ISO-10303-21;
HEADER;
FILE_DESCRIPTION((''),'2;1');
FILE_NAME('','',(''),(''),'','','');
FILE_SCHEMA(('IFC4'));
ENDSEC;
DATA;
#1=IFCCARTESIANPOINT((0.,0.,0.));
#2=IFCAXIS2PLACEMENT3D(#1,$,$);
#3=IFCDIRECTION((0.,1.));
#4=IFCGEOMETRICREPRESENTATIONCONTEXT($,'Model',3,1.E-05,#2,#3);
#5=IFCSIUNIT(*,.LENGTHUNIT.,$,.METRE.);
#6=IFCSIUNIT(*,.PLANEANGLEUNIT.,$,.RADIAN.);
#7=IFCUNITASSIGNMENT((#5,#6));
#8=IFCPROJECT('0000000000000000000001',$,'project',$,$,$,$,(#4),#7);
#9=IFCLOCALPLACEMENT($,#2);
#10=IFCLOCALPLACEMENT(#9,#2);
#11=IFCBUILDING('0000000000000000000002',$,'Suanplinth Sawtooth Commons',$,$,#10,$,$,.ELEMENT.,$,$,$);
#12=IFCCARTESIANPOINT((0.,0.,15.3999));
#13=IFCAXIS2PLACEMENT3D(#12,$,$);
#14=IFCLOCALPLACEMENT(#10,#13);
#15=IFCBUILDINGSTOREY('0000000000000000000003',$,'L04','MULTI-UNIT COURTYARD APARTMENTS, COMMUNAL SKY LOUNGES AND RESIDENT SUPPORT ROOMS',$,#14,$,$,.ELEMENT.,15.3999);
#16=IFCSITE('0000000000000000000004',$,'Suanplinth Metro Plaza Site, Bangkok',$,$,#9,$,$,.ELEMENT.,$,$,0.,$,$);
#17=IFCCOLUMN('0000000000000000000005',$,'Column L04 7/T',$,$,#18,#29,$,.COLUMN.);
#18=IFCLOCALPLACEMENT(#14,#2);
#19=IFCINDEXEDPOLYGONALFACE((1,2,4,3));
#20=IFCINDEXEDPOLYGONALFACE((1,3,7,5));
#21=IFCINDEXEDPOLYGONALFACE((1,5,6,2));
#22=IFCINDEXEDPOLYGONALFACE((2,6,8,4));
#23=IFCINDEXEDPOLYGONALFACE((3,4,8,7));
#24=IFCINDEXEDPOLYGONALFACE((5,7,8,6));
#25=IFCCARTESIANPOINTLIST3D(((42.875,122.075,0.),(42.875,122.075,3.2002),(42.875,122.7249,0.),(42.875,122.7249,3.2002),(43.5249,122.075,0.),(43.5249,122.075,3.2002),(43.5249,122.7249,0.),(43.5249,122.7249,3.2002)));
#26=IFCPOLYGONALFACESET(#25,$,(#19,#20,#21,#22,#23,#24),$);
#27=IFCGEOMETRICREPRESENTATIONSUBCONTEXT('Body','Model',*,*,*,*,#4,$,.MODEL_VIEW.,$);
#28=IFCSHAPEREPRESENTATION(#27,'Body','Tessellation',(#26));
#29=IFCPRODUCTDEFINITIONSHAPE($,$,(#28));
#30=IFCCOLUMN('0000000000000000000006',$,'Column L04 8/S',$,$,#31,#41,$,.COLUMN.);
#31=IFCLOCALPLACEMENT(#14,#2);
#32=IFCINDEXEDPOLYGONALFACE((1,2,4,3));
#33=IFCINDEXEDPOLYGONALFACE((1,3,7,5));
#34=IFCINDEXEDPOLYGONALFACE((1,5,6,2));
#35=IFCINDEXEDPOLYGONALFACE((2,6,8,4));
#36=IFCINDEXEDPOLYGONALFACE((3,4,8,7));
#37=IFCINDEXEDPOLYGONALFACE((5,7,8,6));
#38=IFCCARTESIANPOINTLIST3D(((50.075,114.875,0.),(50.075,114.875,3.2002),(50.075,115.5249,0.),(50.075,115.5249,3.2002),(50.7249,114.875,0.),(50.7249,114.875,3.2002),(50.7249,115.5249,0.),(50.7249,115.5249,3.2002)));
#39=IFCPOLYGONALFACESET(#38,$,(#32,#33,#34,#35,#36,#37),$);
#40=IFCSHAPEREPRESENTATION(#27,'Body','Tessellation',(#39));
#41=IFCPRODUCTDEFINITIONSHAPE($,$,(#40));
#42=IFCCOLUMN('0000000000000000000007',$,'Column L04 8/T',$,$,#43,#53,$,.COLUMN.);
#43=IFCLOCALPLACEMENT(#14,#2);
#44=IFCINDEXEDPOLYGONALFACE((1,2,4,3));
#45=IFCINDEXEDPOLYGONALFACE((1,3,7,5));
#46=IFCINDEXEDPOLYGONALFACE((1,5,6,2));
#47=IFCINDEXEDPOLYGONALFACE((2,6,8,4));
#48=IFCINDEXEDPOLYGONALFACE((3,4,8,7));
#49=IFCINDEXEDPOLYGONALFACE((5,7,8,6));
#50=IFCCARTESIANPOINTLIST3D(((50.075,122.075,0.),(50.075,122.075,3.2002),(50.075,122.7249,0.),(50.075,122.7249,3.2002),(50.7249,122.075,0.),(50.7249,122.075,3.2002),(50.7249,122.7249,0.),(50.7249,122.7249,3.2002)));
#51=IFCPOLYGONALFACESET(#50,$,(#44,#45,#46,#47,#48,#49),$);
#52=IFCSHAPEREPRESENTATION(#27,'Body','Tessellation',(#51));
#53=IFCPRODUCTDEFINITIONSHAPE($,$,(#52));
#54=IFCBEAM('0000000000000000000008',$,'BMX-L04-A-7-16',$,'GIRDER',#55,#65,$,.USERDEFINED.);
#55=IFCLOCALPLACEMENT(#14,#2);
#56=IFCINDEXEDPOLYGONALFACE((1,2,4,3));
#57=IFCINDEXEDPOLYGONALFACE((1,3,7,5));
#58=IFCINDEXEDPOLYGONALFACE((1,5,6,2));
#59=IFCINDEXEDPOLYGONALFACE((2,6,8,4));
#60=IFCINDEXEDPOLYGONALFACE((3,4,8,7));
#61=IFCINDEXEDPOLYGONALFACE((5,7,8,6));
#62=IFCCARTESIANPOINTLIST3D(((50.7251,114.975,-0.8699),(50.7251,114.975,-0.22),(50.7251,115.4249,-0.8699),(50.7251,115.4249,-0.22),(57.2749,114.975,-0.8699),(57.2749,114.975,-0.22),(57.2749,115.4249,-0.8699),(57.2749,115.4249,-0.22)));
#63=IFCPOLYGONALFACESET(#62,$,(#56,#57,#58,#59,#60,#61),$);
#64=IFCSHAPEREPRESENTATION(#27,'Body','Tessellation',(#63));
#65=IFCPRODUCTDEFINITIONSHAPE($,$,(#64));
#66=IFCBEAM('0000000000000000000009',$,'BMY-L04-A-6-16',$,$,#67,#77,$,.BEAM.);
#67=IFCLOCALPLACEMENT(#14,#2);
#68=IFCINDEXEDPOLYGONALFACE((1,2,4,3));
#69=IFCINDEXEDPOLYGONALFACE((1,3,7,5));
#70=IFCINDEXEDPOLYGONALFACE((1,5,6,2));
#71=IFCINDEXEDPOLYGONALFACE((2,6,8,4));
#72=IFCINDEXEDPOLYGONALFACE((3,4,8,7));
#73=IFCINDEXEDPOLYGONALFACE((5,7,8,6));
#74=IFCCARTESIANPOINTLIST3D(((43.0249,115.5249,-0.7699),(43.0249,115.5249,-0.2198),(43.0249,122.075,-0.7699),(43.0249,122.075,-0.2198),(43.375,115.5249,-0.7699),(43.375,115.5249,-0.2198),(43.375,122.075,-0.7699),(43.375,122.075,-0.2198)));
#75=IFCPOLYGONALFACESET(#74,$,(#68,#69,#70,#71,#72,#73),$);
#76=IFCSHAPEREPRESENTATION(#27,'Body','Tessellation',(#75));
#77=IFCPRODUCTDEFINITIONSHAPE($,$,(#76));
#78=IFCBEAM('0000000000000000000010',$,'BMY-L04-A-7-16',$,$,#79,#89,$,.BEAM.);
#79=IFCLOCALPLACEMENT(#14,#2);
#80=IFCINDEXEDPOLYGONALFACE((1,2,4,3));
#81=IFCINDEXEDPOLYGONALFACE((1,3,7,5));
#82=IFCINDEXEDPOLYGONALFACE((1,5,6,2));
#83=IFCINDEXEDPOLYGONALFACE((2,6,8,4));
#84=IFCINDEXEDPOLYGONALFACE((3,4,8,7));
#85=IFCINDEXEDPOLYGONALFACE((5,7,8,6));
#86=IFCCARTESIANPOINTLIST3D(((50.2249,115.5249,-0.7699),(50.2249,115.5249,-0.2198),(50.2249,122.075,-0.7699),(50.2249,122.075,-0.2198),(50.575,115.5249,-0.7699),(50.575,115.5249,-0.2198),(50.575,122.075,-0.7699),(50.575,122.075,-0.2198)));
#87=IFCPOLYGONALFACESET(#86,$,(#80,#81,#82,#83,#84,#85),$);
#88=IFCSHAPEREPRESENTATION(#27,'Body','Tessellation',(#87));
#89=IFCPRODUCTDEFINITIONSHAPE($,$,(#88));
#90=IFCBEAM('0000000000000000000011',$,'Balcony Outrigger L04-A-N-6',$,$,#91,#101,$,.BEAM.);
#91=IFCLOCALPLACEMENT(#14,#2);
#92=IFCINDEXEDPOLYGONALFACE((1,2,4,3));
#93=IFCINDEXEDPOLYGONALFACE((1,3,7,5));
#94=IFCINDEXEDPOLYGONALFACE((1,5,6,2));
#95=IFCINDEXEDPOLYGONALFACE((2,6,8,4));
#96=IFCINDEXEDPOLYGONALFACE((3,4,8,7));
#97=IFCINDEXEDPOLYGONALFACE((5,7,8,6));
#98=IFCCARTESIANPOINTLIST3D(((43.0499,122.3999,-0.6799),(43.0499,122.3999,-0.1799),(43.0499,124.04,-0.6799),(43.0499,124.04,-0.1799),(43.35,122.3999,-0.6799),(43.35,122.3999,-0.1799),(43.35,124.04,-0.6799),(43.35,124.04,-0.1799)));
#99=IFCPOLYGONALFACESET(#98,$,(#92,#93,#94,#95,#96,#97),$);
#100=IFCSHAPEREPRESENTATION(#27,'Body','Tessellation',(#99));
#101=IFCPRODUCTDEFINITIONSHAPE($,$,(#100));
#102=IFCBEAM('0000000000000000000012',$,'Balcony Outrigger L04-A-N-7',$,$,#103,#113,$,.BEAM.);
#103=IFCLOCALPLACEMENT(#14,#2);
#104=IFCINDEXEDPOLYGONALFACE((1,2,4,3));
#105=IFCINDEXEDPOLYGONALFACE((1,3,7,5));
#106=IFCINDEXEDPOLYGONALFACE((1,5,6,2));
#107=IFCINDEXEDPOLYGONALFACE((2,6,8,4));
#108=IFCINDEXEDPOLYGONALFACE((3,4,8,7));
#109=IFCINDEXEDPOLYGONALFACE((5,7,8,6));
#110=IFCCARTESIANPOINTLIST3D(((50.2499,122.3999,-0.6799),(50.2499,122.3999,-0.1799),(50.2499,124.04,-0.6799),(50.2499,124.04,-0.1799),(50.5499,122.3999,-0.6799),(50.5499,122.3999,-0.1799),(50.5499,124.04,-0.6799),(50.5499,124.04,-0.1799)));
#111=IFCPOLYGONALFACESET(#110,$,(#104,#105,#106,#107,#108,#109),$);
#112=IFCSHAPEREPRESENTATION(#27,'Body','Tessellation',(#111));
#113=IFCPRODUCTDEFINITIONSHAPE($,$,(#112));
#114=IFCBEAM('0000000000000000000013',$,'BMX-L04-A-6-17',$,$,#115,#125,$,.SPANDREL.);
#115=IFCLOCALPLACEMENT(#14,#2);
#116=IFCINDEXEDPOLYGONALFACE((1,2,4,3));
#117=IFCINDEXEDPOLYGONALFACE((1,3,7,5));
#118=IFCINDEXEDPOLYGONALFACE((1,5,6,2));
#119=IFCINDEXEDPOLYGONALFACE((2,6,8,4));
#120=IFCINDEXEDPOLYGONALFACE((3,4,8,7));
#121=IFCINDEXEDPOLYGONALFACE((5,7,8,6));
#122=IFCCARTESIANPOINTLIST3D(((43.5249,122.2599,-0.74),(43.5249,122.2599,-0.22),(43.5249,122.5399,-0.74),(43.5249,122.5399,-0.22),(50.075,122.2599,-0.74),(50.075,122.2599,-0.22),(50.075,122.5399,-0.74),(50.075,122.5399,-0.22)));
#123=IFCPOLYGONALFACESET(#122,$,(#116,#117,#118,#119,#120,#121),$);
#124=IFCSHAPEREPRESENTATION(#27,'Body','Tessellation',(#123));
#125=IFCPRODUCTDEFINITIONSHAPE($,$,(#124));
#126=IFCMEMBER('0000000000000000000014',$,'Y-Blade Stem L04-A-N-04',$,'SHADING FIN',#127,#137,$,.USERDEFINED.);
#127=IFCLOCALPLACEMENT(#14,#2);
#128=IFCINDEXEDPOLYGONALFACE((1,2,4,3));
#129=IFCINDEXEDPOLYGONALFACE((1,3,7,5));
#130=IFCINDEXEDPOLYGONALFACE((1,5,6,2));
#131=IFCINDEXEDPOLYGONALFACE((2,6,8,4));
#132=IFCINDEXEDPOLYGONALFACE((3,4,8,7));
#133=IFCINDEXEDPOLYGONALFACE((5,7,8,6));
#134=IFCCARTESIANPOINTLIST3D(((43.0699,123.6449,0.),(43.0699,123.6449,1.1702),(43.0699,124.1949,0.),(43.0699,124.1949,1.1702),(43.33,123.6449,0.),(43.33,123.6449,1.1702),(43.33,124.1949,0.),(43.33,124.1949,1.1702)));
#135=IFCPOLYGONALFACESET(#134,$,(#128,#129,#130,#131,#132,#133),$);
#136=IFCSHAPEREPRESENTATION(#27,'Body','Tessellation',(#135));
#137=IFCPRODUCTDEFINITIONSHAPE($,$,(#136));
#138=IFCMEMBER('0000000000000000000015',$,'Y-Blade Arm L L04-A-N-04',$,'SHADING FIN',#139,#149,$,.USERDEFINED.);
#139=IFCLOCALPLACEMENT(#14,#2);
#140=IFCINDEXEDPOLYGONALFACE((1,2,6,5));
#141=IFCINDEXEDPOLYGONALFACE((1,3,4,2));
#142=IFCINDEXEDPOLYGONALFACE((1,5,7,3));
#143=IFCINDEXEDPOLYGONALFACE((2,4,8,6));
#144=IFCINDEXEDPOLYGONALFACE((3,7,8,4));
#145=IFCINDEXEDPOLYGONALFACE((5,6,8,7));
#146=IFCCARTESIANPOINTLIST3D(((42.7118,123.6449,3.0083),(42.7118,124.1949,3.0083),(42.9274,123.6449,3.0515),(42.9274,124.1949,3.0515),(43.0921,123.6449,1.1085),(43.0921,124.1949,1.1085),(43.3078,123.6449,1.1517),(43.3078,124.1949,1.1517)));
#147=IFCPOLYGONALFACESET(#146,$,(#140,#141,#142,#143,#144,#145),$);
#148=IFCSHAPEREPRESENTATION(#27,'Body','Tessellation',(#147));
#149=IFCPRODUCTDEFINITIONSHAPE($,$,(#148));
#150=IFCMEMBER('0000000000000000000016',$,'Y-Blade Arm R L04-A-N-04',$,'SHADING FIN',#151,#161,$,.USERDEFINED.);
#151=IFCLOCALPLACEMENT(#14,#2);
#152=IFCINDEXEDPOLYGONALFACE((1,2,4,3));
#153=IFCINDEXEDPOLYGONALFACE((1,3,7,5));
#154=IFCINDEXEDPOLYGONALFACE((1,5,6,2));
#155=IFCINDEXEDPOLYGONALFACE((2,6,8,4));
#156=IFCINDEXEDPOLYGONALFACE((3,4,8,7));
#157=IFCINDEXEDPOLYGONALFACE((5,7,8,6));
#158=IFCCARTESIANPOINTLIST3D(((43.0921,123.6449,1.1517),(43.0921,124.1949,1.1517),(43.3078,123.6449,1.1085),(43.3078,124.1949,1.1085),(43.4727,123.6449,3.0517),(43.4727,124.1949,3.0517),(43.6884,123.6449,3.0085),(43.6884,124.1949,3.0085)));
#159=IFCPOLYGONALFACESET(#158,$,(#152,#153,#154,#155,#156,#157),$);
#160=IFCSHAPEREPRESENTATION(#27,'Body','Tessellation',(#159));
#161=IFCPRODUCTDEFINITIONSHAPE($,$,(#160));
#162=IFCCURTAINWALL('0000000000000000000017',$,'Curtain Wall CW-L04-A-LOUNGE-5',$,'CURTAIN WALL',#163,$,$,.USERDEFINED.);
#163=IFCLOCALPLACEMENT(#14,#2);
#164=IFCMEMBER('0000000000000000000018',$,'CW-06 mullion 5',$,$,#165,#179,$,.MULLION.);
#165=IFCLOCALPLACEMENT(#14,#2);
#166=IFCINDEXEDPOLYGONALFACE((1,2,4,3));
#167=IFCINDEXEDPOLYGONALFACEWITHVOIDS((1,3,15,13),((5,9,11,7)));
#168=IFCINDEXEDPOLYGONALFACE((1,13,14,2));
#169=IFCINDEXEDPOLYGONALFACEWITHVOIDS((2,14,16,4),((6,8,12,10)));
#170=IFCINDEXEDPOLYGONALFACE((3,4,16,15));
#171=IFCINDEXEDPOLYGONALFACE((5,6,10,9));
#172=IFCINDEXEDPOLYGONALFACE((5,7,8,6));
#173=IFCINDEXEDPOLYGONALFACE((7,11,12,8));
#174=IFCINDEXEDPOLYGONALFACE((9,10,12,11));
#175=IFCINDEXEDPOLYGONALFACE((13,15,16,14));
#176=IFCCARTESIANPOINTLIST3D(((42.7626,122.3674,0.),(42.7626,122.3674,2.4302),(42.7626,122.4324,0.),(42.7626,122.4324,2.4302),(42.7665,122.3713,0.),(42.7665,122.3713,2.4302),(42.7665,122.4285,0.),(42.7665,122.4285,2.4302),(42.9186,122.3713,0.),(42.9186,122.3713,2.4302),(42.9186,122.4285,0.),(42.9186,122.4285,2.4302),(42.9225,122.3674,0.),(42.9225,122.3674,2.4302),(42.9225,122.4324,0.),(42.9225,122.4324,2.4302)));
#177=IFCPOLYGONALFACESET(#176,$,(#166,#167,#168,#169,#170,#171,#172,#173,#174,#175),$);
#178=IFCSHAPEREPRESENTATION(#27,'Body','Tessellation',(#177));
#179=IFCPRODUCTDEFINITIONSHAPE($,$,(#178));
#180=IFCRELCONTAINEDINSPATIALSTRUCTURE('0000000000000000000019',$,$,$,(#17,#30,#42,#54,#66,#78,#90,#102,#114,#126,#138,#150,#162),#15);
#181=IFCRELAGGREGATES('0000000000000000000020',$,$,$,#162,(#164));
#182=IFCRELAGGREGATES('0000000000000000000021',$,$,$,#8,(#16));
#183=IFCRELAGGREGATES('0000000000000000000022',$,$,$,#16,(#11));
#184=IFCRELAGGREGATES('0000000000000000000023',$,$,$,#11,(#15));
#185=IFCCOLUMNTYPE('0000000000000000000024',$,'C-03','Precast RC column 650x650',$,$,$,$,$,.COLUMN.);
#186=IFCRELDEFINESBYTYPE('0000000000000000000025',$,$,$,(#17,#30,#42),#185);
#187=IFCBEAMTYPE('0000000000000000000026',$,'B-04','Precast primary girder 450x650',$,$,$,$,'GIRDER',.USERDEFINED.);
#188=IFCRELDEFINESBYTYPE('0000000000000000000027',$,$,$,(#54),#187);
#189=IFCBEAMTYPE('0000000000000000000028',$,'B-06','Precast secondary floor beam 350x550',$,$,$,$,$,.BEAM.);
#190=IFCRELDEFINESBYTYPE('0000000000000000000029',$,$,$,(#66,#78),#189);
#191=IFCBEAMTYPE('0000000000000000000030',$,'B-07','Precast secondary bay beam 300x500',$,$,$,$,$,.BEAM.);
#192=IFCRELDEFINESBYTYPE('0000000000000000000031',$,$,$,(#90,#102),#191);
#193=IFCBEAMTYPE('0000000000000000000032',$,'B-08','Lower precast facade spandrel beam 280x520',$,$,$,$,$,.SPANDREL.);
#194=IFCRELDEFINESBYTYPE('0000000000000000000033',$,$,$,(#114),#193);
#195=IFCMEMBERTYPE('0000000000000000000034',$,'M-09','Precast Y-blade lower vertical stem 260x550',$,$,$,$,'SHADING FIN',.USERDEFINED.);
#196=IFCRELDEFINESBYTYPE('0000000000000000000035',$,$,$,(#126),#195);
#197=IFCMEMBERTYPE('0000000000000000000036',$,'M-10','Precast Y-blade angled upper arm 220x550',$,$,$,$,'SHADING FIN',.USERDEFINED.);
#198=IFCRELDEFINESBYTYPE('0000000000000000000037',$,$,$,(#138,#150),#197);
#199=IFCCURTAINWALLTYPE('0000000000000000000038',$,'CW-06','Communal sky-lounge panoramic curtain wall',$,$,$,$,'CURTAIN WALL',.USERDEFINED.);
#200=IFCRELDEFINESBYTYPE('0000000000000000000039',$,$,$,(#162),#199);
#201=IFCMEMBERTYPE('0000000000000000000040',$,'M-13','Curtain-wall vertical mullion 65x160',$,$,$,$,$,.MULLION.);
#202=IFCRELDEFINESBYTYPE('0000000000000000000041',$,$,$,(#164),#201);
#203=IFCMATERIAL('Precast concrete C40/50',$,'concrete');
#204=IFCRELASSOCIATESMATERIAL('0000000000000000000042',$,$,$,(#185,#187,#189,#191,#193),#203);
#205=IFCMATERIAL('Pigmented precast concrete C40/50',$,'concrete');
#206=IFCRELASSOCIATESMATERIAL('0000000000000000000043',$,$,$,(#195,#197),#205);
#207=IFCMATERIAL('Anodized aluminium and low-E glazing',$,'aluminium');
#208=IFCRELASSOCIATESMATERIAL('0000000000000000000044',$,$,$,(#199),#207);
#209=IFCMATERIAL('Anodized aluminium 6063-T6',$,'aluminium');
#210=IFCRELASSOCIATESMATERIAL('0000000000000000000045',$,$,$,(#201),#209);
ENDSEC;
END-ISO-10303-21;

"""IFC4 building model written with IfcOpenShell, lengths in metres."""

from ifc_helpers import new_model, si_unit, direction, frame, origin, origin_2d, place, context, subcontext, project, spatial, rectangle, hollow_rectangle, extrude, material, material_profile, profile_set, type_object, element, aggregate, save


model = new_model("IFC4")

# Units and contexts
model_context = context("Model", 3, precision=1e-05, world=origin(), true_north=direction((0.0, 1.0)))
body_context = subcontext(model_context, "Body", "Model", "MODEL_VIEW")
ifc_project = project(units=[si_unit("LENGTHUNIT", "METRE"), si_unit("PLANEANGLEUNIT", "RADIAN")], contexts=[model_context])

# Site, building, storey
site_placement = place(None, origin())
site = spatial("IfcSite", under=ifc_project, at=site_placement, Name="Suanplinth Metro Plaza Site, Bangkok", CompositionType="ELEMENT", RefElevation=0.0)
building_placement = place(site_placement, origin())
building = spatial("IfcBuilding", under=site, at=building_placement, Name="Suanplinth Sawtooth Commons", CompositionType="ELEMENT")
storey_placement = place(building_placement, frame((0.0, 0.0, 15.3999)))
storey = spatial("IfcBuildingStorey", under=building, at=storey_placement, Name="L04", Description="MULTI-UNIT COURTYARD APARTMENTS, COMMUNAL SKY LOUNGES AND RESIDENT SUPPORT ROOMS", CompositionType="ELEMENT", Elevation=15.3999)

# Columns
ifc_material_1 = material(Name="Precast concrete C40/50", Category="concrete")
ifc_material_profile_1 = material_profile(ifc_material_1, rectangle(XDim=0.6499, YDim=0.6499, at=origin_2d()), Name="PC-COL 650x650")
ifc_profile_set_1 = profile_set([ifc_material_profile_1], Name="Precast concrete C40/50")
column_type = type_object("IfcColumnType", Name="C-03", Description="Precast RC column 650x650", PredefinedType="COLUMN", material=ifc_profile_set_1)
for number, where, z_axis, x_axis, name in (
    (1, (43.2, 122.3999, 0.0), (0.0, 0.0, 1.0), (1.0, 0.0, 0.0), "Column L04 7/T"),
    (2, (50.3999, 115.2, 0.0), (0.0, 0.0, 1.0), (1.0, 0.0, 0.0), "Column L04 8/S"),
    (3, (50.3999, 122.3999, 0.0), (0.0, 0.0, 1.0), (1.0, 0.0, 0.0), "Column L04 8/T"),
):
    element("IfcColumn", number, at=place(storey_placement, frame(where, z_axis=z_axis, x_axis=x_axis)), inside=storey, type_object=column_type, Name=name, PredefinedType="COLUMN", context=body_context, shape_type="SweptSolid", body=[
        extrude(rectangle(XDim=0.6499, YDim=0.6499, at=origin_2d()), origin(), (0.0, 0.0, 1.0), 3.2002),
    ])

# Beams
ifc_material_profile_2 = material_profile(ifc_material_1, rectangle(XDim=0.45, YDim=0.6499, at=origin_2d()), Name="PC-GDR 450x650")
ifc_profile_set_2 = profile_set([ifc_material_profile_2], Name="Precast concrete C40/50")
beam_type_1 = type_object("IfcBeamType", Name="B-04", Description="Precast primary girder 450x650", ElementType="GIRDER", PredefinedType="USERDEFINED", material=ifc_profile_set_2)
beam_1_placement = place(storey_placement, frame((50.7251, 115.2, -0.5449), z_axis=(1.0, 0.0, 0.0), x_axis=(0.0, 1.0, 0.0)))
element("IfcBeam", 4, at=beam_1_placement, inside=storey, type_object=beam_type_1, Name="BMX-L04-A-7-16", ObjectType="GIRDER", PredefinedType="USERDEFINED", context=body_context, shape_type="SweptSolid", body=[
    extrude(rectangle(XDim=0.45, YDim=0.6499, at=origin_2d()), origin(), (0.0, 0.0, 1.0), 6.5498),
])
ifc_material_profile_3 = material_profile(ifc_material_1, rectangle(XDim=0.3501, YDim=0.55, at=origin_2d()), Name="PC-BM 350x550")
ifc_profile_set_3 = profile_set([ifc_material_profile_3], Name="Precast concrete C40/50")
beam_type_2 = type_object("IfcBeamType", Name="B-06", Description="Precast secondary floor beam 350x550", PredefinedType="BEAM", material=ifc_profile_set_3)
for number, where, z_axis, x_axis, name in (
    (5, (43.2, 115.5249, -0.4949), (0.0, 1.0, 0.0), (-1.0, 0.0, 0.0), "BMY-L04-A-6-16"),
    (6, (50.3999, 115.5249, -0.4949), (0.0, 1.0, 0.0), (-1.0, 0.0, 0.0), "BMY-L04-A-7-16"),
):
    element("IfcBeam", number, at=place(storey_placement, frame(where, z_axis=z_axis, x_axis=x_axis)), inside=storey, type_object=beam_type_2, Name=name, PredefinedType="BEAM", context=body_context, shape_type="SweptSolid", body=[
        extrude(rectangle(XDim=0.3501, YDim=0.55, at=origin_2d()), origin(), (0.0, 0.0, 1.0), 6.55),
    ])
ifc_material_profile_4 = material_profile(ifc_material_1, rectangle(XDim=0.3, YDim=0.5, at=origin_2d()), Name="PC-BM 300x500")
ifc_profile_set_4 = profile_set([ifc_material_profile_4], Name="Precast concrete C40/50")
beam_type_3 = type_object("IfcBeamType", Name="B-07", Description="Precast secondary bay beam 300x500", PredefinedType="BEAM", material=ifc_profile_set_4)
for number, where, z_axis, x_axis, name in (
    (7, (43.2, 122.3999, -0.4299), (0.0, 1.0, 0.0), (-1.0, 0.0, 0.0), "Balcony Outrigger L04-A-N-6"),
    (8, (50.3999, 122.3999, -0.4299), (0.0, 1.0, 0.0), (-1.0, 0.0, 0.0), "Balcony Outrigger L04-A-N-7"),
):
    element("IfcBeam", number, at=place(storey_placement, frame(where, z_axis=z_axis, x_axis=x_axis)), inside=storey, type_object=beam_type_3, Name=name, PredefinedType="BEAM", context=body_context, shape_type="SweptSolid", body=[
        extrude(rectangle(XDim=0.3, YDim=0.5, at=origin_2d()), origin(), (0.0, 0.0, 1.0), 1.6401),
    ])
ifc_material_profile_5 = material_profile(ifc_material_1, rectangle(XDim=0.28, YDim=0.52, at=origin_2d()), Name="PC-SP 280x520")
ifc_profile_set_5 = profile_set([ifc_material_profile_5], Name="Precast concrete C40/50")
beam_type_4 = type_object("IfcBeamType", Name="B-08", Description="Lower precast facade spandrel beam 280x520", PredefinedType="SPANDREL", material=ifc_profile_set_5)
beam_2_placement = place(storey_placement, frame((43.5249, 122.3999, -0.48), z_axis=(1.0, 0.0, 0.0), x_axis=(0.0, 1.0, 0.0)))
element("IfcBeam", 9, at=beam_2_placement, inside=storey, type_object=beam_type_4, Name="BMX-L04-A-6-17", PredefinedType="SPANDREL", context=body_context, shape_type="SweptSolid", body=[
    extrude(rectangle(XDim=0.28, YDim=0.52, at=origin_2d()), origin(), (0.0, 0.0, 1.0), 6.55),
])

# Members
ifc_material_2 = material(Name="Pigmented precast concrete C40/50", Category="concrete")
ifc_material_profile_6 = material_profile(ifc_material_2, rectangle(XDim=0.26, YDim=0.55, at=origin_2d()), Name="PC-FIN 260x550")
ifc_profile_set_6 = profile_set([ifc_material_profile_6], Name="Pigmented precast concrete C40/50")
member_type_1 = type_object("IfcMemberType", Name="M-09", Description="Precast Y-blade lower vertical stem 260x550", ElementType="SHADING FIN", PredefinedType="USERDEFINED", material=ifc_profile_set_6)
member_1_placement = place(storey_placement, frame((43.2, 123.9199, 0.0), z_axis=(0.0, 0.0, 1.0), x_axis=(1.0, 0.0, 0.0)))
element("IfcMember", 10, at=member_1_placement, inside=storey, type_object=member_type_1, Name="Y-Blade Stem L04-A-N-04", ObjectType="SHADING FIN", PredefinedType="USERDEFINED", context=body_context, shape_type="SweptSolid", body=[
    extrude(rectangle(XDim=0.26, YDim=0.55, at=origin_2d()), origin(), (0.0, 0.0, 1.0), 1.1702),
])
ifc_material_profile_7 = material_profile(ifc_material_2, rectangle(XDim=0.22, YDim=0.55, at=origin_2d()), Name="PC-FIN 220x550")
ifc_profile_set_7 = profile_set([ifc_material_profile_7], Name="Pigmented precast concrete C40/50")
member_type_2 = type_object("IfcMemberType", Name="M-10", Description="Precast Y-blade angled upper arm 220x550", ElementType="SHADING FIN", PredefinedType="USERDEFINED", material=ifc_profile_set_7)
member_2_placement = place(storey_placement, frame((43.2, 123.9199, 1.1301), z_axis=(-0.19631, 0.0, 0.980542), x_axis=(0.980542, 0.0, 0.19631)))
element("IfcMember", 11, at=member_2_placement, inside=storey, type_object=member_type_2, Name="Y-Blade Arm L L04-A-N-04", ObjectType="SHADING FIN", PredefinedType="USERDEFINED", context=body_context, shape_type="SweptSolid", body=[
    extrude(rectangle(XDim=0.22, YDim=0.55, at=origin_2d()), origin(), (0.0, 0.0, 1.0), 1.9375),
])
member_3_placement = place(storey_placement, frame((43.2, 123.9199, 1.1301), z_axis=(0.196431, 0.0, 0.980518), x_axis=(-0.980518, 0.0, 0.196431)))
element("IfcMember", 12, at=member_3_placement, inside=storey, type_object=member_type_2, Name="Y-Blade Arm R L04-A-N-04", ObjectType="SHADING FIN", PredefinedType="USERDEFINED", context=body_context, shape_type="SweptSolid", body=[
    extrude(rectangle(XDim=0.22, YDim=0.55, at=origin_2d()), origin(), (0.0, 0.0, 1.0), 1.9377),
])

# Curtain wall, member
ifc_material_3 = material(Name="Anodized aluminium and low-E glazing", Category="aluminium")
curtain_wall_type = type_object("IfcCurtainWallType", Name="CW-06", Description="Communal sky-lounge panoramic curtain wall", ElementType="CURTAIN WALL", PredefinedType="USERDEFINED", material=ifc_material_3)
curtain_wall_placement = place(storey_placement, origin())
curtain_wall = element("IfcCurtainWall", 13, at=curtain_wall_placement, inside=storey, type_object=curtain_wall_type, Name="Curtain Wall CW-L04-A-LOUNGE-5", ObjectType="CURTAIN WALL", PredefinedType="USERDEFINED")
ifc_material_4 = material(Name="Anodized aluminium 6063-T6", Category="aluminium")
ifc_material_profile_8 = material_profile(ifc_material_4, hollow_rectangle(XDim=0.0649, YDim=0.1599, WallThickness=0.0039, at=origin_2d()), Name="ALU-MUL 65x160")
ifc_profile_set_8 = profile_set([ifc_material_profile_8], Name="Anodized aluminium 6063-T6")
member_type_3 = type_object("IfcMemberType", Name="M-13", Description="Curtain-wall vertical mullion 65x160", PredefinedType="MULLION", material=ifc_profile_set_8)
member_4_placement = place(storey_placement, frame((42.8425, 122.3999, 0.0), z_axis=(0.0, 0.0, 1.0), x_axis=(0.0, 1.0, 0.0)))
member_4 = element("IfcMember", 14, at=member_4_placement, type_object=member_type_3, Name="CW-06 mullion 5", PredefinedType="MULLION", context=body_context, shape_type="SweptSolid", body=[
    extrude(hollow_rectangle(XDim=0.0649, YDim=0.1599, WallThickness=0.0039, at=origin_2d()), origin(), (0.0, 0.0, 1.0), 2.4302),
])

aggregate(curtain_wall, [member_4])

save(model, "model.ifc")
